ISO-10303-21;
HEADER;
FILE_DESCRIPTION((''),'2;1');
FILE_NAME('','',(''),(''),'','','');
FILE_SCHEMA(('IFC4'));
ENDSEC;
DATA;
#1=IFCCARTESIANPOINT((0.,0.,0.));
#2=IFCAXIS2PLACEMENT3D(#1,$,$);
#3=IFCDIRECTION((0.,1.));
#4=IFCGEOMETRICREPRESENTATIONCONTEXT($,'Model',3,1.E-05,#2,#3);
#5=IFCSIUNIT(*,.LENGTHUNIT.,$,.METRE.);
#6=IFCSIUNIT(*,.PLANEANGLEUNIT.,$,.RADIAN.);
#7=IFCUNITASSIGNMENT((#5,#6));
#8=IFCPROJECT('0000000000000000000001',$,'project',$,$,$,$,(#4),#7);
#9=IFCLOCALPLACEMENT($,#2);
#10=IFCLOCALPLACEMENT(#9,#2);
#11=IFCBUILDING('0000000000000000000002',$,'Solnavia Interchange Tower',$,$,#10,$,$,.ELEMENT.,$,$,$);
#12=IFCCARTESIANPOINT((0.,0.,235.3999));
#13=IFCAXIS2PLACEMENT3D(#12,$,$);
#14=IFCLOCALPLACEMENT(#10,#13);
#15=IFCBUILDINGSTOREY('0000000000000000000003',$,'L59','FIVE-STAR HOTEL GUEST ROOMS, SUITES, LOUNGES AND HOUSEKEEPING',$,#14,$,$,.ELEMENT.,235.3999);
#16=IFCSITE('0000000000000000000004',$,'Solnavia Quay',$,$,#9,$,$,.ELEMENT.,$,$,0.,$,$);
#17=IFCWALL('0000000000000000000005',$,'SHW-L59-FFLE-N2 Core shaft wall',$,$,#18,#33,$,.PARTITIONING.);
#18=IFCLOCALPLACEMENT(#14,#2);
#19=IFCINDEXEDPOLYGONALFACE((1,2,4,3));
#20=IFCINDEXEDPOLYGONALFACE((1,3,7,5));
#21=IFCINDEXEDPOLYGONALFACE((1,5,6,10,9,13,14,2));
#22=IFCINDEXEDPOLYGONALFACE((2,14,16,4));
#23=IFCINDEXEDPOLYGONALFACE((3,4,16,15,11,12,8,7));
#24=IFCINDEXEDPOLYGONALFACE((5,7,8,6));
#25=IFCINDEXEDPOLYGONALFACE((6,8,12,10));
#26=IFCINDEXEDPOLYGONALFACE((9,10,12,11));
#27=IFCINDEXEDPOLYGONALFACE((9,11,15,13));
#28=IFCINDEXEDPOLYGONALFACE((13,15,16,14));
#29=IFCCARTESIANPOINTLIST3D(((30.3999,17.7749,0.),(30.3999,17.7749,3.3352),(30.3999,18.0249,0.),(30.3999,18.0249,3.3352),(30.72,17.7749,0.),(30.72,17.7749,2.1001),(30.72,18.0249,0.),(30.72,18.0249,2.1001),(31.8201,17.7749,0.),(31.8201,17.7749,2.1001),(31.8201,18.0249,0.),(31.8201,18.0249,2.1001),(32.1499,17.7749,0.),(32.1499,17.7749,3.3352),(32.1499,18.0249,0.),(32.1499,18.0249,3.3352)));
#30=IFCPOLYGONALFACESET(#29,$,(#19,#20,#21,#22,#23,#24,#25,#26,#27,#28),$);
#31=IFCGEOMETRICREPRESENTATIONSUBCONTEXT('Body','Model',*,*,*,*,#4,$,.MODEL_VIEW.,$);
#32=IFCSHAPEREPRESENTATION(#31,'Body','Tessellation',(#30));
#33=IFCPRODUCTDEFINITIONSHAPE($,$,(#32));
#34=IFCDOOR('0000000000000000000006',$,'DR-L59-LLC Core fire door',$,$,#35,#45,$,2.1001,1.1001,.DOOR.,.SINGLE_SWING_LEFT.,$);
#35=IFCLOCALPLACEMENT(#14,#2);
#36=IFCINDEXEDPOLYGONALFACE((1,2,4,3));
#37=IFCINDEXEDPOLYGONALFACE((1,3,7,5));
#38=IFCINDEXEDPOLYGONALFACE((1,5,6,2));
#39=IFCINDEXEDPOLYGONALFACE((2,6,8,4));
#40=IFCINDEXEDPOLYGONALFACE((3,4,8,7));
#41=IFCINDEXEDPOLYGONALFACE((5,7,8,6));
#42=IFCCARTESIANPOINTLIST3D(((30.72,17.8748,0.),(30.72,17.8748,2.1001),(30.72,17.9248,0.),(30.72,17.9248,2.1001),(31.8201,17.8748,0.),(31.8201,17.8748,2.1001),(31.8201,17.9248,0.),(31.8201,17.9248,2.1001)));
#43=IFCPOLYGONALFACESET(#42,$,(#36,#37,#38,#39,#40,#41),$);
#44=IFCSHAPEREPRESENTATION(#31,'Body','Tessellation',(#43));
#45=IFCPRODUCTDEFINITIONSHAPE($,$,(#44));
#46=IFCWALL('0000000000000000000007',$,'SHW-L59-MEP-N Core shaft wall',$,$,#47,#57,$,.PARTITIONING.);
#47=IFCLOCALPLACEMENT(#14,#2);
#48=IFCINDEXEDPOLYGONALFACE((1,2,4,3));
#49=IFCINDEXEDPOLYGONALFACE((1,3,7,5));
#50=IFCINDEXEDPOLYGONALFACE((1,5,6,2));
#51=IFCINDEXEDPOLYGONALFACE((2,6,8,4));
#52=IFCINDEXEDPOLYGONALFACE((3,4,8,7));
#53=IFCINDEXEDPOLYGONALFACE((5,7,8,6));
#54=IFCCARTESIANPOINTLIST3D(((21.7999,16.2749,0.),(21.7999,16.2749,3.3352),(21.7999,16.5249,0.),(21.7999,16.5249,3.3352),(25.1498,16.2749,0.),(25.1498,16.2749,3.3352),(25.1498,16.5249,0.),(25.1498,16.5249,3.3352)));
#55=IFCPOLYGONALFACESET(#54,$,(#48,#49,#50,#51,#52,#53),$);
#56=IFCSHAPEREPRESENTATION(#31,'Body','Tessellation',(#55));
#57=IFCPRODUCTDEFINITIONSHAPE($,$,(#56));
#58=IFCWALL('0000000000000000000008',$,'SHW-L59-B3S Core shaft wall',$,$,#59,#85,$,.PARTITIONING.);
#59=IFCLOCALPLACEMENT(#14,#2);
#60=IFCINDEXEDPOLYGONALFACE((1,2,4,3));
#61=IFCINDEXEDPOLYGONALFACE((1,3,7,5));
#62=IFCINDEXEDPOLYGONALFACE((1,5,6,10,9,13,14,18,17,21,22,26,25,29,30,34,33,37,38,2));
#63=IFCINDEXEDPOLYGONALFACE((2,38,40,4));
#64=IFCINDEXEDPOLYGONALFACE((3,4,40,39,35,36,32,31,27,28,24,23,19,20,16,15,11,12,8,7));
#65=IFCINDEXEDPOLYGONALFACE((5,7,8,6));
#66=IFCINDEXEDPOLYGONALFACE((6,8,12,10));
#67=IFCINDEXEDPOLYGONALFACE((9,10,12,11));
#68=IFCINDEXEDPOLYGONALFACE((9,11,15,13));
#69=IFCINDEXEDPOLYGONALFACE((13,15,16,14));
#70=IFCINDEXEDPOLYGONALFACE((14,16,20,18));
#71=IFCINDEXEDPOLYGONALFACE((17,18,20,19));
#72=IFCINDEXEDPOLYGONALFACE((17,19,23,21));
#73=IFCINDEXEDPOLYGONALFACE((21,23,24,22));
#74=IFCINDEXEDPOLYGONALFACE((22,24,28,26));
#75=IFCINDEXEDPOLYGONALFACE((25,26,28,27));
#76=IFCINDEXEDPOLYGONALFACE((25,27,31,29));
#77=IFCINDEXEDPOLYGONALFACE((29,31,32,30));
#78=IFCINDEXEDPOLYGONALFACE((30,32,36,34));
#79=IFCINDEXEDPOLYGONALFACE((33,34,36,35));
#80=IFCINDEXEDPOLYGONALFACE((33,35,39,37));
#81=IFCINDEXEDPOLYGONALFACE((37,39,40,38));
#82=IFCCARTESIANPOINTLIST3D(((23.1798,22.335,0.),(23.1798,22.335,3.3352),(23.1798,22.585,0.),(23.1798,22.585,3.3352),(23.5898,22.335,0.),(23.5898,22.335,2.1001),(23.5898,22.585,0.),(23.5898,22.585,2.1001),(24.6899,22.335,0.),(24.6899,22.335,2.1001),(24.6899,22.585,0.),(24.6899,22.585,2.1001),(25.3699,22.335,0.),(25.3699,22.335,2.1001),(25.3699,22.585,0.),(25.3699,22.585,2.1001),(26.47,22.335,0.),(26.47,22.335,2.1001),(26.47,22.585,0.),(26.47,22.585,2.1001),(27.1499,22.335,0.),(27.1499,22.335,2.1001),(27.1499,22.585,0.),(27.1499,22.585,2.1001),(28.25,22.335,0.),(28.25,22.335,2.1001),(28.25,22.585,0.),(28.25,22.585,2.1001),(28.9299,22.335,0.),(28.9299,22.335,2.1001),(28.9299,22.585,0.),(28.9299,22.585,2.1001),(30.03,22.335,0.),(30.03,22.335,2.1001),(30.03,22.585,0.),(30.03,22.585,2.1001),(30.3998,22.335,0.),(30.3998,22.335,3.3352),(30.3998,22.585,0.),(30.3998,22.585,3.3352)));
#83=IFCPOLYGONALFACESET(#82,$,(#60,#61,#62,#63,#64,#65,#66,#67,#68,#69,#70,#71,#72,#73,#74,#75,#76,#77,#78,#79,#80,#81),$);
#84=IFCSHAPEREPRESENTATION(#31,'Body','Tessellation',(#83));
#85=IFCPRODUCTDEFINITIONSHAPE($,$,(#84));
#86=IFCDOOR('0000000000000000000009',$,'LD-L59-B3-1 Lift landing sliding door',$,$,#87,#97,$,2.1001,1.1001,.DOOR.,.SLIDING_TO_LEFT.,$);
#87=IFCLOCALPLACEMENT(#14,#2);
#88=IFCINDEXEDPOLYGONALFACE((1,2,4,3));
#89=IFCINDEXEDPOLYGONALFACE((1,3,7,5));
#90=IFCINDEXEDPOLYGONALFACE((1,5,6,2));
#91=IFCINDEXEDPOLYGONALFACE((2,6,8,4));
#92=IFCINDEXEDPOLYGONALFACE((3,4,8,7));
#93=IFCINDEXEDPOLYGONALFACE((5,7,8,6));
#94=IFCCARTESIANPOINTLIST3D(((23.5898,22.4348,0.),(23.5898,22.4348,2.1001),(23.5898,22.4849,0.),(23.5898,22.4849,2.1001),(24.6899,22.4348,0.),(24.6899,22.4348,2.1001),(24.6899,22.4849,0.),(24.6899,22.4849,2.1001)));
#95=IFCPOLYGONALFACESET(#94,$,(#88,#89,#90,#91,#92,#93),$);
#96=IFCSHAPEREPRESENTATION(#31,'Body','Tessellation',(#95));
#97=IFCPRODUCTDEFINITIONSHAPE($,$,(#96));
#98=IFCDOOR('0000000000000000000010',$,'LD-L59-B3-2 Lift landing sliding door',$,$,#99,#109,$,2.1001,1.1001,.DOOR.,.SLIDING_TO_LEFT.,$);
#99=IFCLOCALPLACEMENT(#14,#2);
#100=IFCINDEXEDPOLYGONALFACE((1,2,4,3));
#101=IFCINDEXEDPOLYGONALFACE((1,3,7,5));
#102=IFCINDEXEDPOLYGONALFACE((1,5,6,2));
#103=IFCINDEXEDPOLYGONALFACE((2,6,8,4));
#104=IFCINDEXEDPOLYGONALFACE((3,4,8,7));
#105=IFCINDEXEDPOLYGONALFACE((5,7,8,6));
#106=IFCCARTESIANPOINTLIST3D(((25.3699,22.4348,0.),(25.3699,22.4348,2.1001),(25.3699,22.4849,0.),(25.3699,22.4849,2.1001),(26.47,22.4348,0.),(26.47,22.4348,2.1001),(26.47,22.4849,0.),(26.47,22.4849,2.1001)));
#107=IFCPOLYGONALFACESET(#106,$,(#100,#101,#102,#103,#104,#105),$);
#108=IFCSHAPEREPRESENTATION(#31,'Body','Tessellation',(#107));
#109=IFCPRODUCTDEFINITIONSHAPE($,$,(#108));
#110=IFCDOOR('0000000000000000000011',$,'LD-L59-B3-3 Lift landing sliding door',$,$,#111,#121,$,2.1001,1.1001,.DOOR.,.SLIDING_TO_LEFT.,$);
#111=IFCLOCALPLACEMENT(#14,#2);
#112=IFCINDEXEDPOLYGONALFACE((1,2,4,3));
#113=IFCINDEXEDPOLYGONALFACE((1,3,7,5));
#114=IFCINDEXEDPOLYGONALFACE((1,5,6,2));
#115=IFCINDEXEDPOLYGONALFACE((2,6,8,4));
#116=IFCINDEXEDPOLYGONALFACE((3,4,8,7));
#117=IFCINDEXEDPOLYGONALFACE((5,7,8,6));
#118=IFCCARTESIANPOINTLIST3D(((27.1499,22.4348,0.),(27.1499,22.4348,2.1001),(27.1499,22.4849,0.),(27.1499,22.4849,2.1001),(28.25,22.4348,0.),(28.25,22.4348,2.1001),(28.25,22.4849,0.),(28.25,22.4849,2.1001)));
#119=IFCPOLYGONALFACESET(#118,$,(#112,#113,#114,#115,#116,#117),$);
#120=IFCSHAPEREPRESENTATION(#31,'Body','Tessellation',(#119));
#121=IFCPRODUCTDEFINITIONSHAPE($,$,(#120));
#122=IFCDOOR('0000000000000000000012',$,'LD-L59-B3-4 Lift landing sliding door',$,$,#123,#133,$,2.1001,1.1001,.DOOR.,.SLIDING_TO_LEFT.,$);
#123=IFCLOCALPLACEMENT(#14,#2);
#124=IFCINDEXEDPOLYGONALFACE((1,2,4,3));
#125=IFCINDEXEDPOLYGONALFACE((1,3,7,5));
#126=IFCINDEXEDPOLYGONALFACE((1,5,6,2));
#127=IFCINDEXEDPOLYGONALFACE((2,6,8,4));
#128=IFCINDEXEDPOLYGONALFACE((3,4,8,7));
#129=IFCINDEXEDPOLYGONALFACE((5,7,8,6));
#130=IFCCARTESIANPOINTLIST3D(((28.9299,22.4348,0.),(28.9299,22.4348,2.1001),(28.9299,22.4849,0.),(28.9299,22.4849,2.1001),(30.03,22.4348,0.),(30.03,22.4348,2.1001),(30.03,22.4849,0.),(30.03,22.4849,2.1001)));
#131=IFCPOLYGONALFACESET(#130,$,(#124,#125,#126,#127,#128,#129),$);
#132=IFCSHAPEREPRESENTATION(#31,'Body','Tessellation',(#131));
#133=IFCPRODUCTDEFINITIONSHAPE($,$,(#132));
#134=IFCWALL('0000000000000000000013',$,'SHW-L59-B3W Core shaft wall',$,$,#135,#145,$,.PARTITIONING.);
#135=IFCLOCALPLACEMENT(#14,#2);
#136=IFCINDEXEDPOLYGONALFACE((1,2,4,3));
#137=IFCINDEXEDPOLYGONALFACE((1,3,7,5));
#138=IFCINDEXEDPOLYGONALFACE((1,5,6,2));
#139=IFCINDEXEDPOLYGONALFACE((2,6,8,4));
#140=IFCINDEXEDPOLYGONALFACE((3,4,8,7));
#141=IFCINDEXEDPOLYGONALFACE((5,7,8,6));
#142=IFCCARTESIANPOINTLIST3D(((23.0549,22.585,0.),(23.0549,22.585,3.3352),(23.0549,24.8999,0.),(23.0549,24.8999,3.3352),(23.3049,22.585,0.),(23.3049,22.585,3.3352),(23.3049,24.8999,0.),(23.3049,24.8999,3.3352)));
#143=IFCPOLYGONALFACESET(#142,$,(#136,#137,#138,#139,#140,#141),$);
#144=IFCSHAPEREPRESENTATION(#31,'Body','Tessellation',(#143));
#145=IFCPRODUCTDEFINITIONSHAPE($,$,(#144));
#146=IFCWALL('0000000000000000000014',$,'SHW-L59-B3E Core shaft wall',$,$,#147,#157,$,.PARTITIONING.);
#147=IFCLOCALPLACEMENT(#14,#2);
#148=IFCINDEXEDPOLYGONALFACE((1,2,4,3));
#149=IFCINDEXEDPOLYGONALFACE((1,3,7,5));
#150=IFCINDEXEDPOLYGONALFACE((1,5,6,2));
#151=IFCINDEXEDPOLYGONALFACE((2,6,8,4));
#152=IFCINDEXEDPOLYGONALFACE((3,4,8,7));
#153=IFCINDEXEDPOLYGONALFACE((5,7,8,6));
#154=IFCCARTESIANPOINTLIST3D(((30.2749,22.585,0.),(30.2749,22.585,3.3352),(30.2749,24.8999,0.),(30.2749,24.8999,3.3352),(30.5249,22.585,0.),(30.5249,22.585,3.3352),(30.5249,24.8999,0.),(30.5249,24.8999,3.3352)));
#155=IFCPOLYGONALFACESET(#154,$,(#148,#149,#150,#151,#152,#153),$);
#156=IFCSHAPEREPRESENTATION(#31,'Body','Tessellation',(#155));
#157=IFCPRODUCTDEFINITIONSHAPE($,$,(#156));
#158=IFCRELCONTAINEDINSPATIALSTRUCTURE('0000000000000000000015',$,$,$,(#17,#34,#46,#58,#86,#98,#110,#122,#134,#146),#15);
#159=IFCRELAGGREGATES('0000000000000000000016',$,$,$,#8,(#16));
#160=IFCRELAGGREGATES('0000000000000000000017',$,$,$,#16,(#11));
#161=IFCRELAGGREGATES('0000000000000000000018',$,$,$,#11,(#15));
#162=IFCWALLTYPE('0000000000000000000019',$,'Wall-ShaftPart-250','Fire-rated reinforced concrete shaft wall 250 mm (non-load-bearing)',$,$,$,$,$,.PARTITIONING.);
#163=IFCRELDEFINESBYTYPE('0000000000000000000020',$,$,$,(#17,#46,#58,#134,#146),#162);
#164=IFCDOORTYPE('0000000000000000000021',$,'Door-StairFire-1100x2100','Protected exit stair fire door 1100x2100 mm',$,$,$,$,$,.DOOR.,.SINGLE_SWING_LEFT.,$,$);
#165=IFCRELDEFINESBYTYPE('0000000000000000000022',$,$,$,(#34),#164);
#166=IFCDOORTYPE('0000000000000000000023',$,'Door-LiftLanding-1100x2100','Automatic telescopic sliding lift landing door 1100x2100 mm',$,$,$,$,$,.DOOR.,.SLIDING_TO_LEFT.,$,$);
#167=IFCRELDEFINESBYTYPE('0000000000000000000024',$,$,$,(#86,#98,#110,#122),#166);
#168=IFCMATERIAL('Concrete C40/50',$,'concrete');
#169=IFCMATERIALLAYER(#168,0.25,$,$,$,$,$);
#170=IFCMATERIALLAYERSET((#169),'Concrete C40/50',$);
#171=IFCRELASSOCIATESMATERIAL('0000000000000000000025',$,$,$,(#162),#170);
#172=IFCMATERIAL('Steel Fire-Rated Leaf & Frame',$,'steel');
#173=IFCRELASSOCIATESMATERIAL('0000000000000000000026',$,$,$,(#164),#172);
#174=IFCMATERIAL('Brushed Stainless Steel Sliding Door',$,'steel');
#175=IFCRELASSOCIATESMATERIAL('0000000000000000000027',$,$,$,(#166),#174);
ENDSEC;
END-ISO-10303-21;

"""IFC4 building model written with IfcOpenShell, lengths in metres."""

from ifc_helpers import new_model, si_unit, direction, frame, frame_2d, origin, place, context, subcontext, project, spatial, rectangle, extrude, material, layer, layer_set, type_object, element, fill, save


model = new_model("IFC4")

# Units and contexts
model_context = context("Model", 3, precision=1e-05, world=origin(), true_north=direction((0.0, 1.0)))
body_context = subcontext(model_context, "Body", "Model", "MODEL_VIEW")
ifc_project = project(units=[si_unit("LENGTHUNIT", "METRE"), si_unit("PLANEANGLEUNIT", "RADIAN")], contexts=[model_context])

# Site, building, storey
site_placement = place(None, origin())
site = spatial("IfcSite", under=ifc_project, at=site_placement, Name="Solnavia Quay", CompositionType="ELEMENT", RefElevation=0.0)
building_placement = place(site_placement, origin())
building = spatial("IfcBuilding", under=site, at=building_placement, Name="Solnavia Interchange Tower", CompositionType="ELEMENT")
storey_placement = place(building_placement, frame((0.0, 0.0, 235.3999)))
storey = spatial("IfcBuildingStorey", under=building, at=storey_placement, Name="L59", Description="FIVE-STAR HOTEL GUEST ROOMS, SUITES, LOUNGES AND HOUSEKEEPING", CompositionType="ELEMENT", Elevation=235.3999)

# Shared definitions
ifc_material_1 = material(Name="Concrete C40/50", Category="concrete")
ifc_layer_1 = layer(ifc_material_1, 0.25)
ifc_layer_set_1 = layer_set([ifc_layer_1], Name="Concrete C40/50")
wall_type_1 = type_object("IfcWallType", Name="Wall-ShaftPart-250", Description="Fire-rated reinforced concrete shaft wall 250 mm (non-load-bearing)", PredefinedType="PARTITIONING", material=ifc_layer_set_1)

# Wall, opening, door
wall_1_placement = place(storey_placement, frame((30.3999, 17.8999, 0.0), z_axis=(0.0, 0.0, 1.0), x_axis=(1.0, 0.0, 0.0)))
wall_1 = element("IfcWall", 1, at=wall_1_placement, inside=storey, type_object=wall_type_1, Name="SHW-L59-FFLE-N2 Core shaft wall", PredefinedType="PARTITIONING", context=body_context, shape_type="SweptSolid", body=[
    extrude(rectangle(XDim=1.75, YDim=0.25, at=frame_2d((0.875, 0.0))), origin(), (0.0, 0.0, 1.0), 3.3352),
])
opening_1_placement = place(wall_1_placement, frame((0.3201, 0.0, 0.0)))
opening_1 = element("IfcOpeningElement", 2, at=opening_1_placement, cuts=wall_1, PredefinedType="OPENING", context=body_context, shape_type="SweptSolid", body=[
    extrude(rectangle(XDim=1.1001, YDim=2.1001, at=frame_2d((0.55, 1.05))), frame((0.0, 0.135, 0.0), z_axis=(0.0, -1.0, 0.0), x_axis=(1.0, 0.0, 0.0)), (0.0, 0.0, 1.0), 0.27),
])
ifc_material_2 = material(Name="Steel Fire-Rated Leaf & Frame", Category="steel")
door_type_1 = type_object("IfcDoorType", Name="Door-StairFire-1100x2100", Description="Protected exit stair fire door 1100x2100 mm", OperationType="SINGLE_SWING_LEFT", PredefinedType="DOOR", material=ifc_material_2)
door_1_placement = place(opening_1_placement, origin())
door_1 = element("IfcDoor", 3, at=door_1_placement, inside=storey, type_object=door_type_1, Name="DR-L59-LLC Core fire door", OperationType="SINGLE_SWING_LEFT", OverallHeight=2.1001, OverallWidth=1.1001, PredefinedType="DOOR", context=body_context, shape_type="SweptSolid", body=[
    extrude(rectangle(XDim=1.1001, YDim=2.1001, at=frame_2d((0.55, 1.05))), frame((0.0, 0.0249, 0.0), z_axis=(0.0, -1.0, 0.0), x_axis=(1.0, 0.0, 0.0)), (0.0, 0.0, 1.0), 0.05),
])
fill(opening_1, door_1)

# Wall
wall_2_placement = place(storey_placement, frame((21.8, 16.3999, 0.0), z_axis=(0.0, 0.0, 1.0), x_axis=(1.0, 0.0, 0.0)))
element("IfcWall", 4, at=wall_2_placement, inside=storey, type_object=wall_type_1, Name="SHW-L59-MEP-N Core shaft wall", PredefinedType="PARTITIONING", context=body_context, shape_type="SweptSolid", body=[
    extrude(rectangle(XDim=3.3499, YDim=0.25, at=frame_2d((1.6748, 0.0))), origin(), (0.0, 0.0, 1.0), 3.3352),
])

# Wall, openings, doors
wall_3_placement = place(storey_placement, frame((23.1799, 22.46, 0.0), z_axis=(0.0, 0.0, 1.0), x_axis=(1.0, 0.0, 0.0)))
wall_3 = element("IfcWall", 5, at=wall_3_placement, inside=storey, type_object=wall_type_1, Name="SHW-L59-B3S Core shaft wall", PredefinedType="PARTITIONING", context=body_context, shape_type="SweptSolid", body=[
    extrude(rectangle(XDim=7.22, YDim=0.25, at=frame_2d((3.6099, 0.0))), origin(), (0.0, 0.0, 1.0), 3.3352),
])
opening_2_placement = place(wall_3_placement, frame((0.4099, 0.0, 0.0)))
opening_2 = element("IfcOpeningElement", 6, at=opening_2_placement, cuts=wall_3, PredefinedType="OPENING", context=body_context, shape_type="SweptSolid", body=[
    extrude(rectangle(XDim=1.1001, YDim=2.1001, at=frame_2d((0.55, 1.05))), frame((0.0, 0.135, 0.0), z_axis=(0.0, -1.0, 0.0), x_axis=(1.0, 0.0, 0.0)), (0.0, 0.0, 1.0), 0.27),
])
opening_3_placement = place(wall_3_placement, frame((2.1899, 0.0, 0.0)))
opening_3 = element("IfcOpeningElement", 7, at=opening_3_placement, cuts=wall_3, PredefinedType="OPENING", context=body_context, shape_type="SweptSolid", body=[
    extrude(rectangle(XDim=1.1001, YDim=2.1001, at=frame_2d((0.55, 1.05))), frame((0.0, 0.135, 0.0), z_axis=(0.0, -1.0, 0.0), x_axis=(1.0, 0.0, 0.0)), (0.0, 0.0, 1.0), 0.27),
])
opening_4_placement = place(wall_3_placement, frame((3.97, 0.0, 0.0)))
opening_4 = element("IfcOpeningElement", 8, at=opening_4_placement, cuts=wall_3, PredefinedType="OPENING", context=body_context, shape_type="SweptSolid", body=[
    extrude(rectangle(XDim=1.1001, YDim=2.1001, at=frame_2d((0.55, 1.05))), frame((0.0, 0.135, 0.0), z_axis=(0.0, -1.0, 0.0), x_axis=(1.0, 0.0, 0.0)), (0.0, 0.0, 1.0), 0.27),
])
opening_5_placement = place(wall_3_placement, frame((5.75, 0.0, 0.0)))
opening_5 = element("IfcOpeningElement", 9, at=opening_5_placement, cuts=wall_3, PredefinedType="OPENING", context=body_context, shape_type="SweptSolid", body=[
    extrude(rectangle(XDim=1.1001, YDim=2.1001, at=frame_2d((0.55, 1.05))), frame((0.0, 0.135, 0.0), z_axis=(0.0, -1.0, 0.0), x_axis=(1.0, 0.0, 0.0)), (0.0, 0.0, 1.0), 0.27),
])
ifc_material_3 = material(Name="Brushed Stainless Steel Sliding Door", Category="steel")
door_type_2 = type_object("IfcDoorType", Name="Door-LiftLanding-1100x2100", Description="Automatic telescopic sliding lift landing door 1100x2100 mm", OperationType="SLIDING_TO_LEFT", PredefinedType="DOOR", material=ifc_material_3)
door_2_placement = place(opening_2_placement, origin())
door_2 = element("IfcDoor", 10, at=door_2_placement, inside=storey, type_object=door_type_2, Name="LD-L59-B3-1 Lift landing sliding door", OperationType="SLIDING_TO_LEFT", OverallHeight=2.1001, OverallWidth=1.1001, PredefinedType="DOOR", context=body_context, shape_type="SweptSolid", body=[
    extrude(rectangle(XDim=1.1001, YDim=2.1001, at=frame_2d((0.55, 1.05))), frame((0.0, 0.0249, 0.0), z_axis=(0.0, -1.0, 0.0), x_axis=(1.0, 0.0, 0.0)), (0.0, 0.0, 1.0), 0.05),
])
fill(opening_2, door_2)
door_3_placement = place(opening_3_placement, origin())
door_3 = element("IfcDoor", 11, at=door_3_placement, inside=storey, type_object=door_type_2, Name="LD-L59-B3-2 Lift landing sliding door", OperationType="SLIDING_TO_LEFT", OverallHeight=2.1001, OverallWidth=1.1001, PredefinedType="DOOR", context=body_context, shape_type="SweptSolid", body=[
    extrude(rectangle(XDim=1.1001, YDim=2.1001, at=frame_2d((0.55, 1.05))), frame((0.0, 0.0249, 0.0), z_axis=(0.0, -1.0, 0.0), x_axis=(1.0, 0.0, 0.0)), (0.0, 0.0, 1.0), 0.05),
])
fill(opening_3, door_3)
door_4_placement = place(opening_4_placement, origin())
door_4 = element("IfcDoor", 12, at=door_4_placement, inside=storey, type_object=door_type_2, Name="LD-L59-B3-3 Lift landing sliding door", OperationType="SLIDING_TO_LEFT", OverallHeight=2.1001, OverallWidth=1.1001, PredefinedType="DOOR", context=body_context, shape_type="SweptSolid", body=[
    extrude(rectangle(XDim=1.1001, YDim=2.1001, at=frame_2d((0.55, 1.05))), frame((0.0, 0.0249, 0.0), z_axis=(0.0, -1.0, 0.0), x_axis=(1.0, 0.0, 0.0)), (0.0, 0.0, 1.0), 0.05),
])
fill(opening_4, door_4)
door_5_placement = place(opening_5_placement, origin())
door_5 = element("IfcDoor", 13, at=door_5_placement, inside=storey, type_object=door_type_2, Name="LD-L59-B3-4 Lift landing sliding door", OperationType="SLIDING_TO_LEFT", OverallHeight=2.1001, OverallWidth=1.1001, PredefinedType="DOOR", context=body_context, shape_type="SweptSolid", body=[
    extrude(rectangle(XDim=1.1001, YDim=2.1001, at=frame_2d((0.55, 1.05))), frame((0.0, 0.0249, 0.0), z_axis=(0.0, -1.0, 0.0), x_axis=(1.0, 0.0, 0.0)), (0.0, 0.0, 1.0), 0.05),
])
fill(opening_5, door_5)

# Walls
for number, where, z_axis, x_axis, name in (
    (14, (23.1799, 22.585, 0.0), (0.0, 0.0, 1.0), (0.0, 1.0, 0.0), "SHW-L59-B3W Core shaft wall"),
    (15, (30.3999, 22.585, 0.0), (0.0, 0.0, 1.0), (0.0, 1.0, 0.0), "SHW-L59-B3E Core shaft wall"),
):
    element("IfcWall", number, at=place(storey_placement, frame(where, z_axis=z_axis, x_axis=x_axis)), inside=storey, type_object=wall_type_1, Name=name, PredefinedType="PARTITIONING", context=body_context, shape_type="SweptSolid", body=[
        extrude(rectangle(XDim=2.3149, YDim=0.25, at=frame_2d((1.1575, 0.0))), origin(), (0.0, 0.0, 1.0), 3.3352),
    ])

save(model, "model.ifc")
